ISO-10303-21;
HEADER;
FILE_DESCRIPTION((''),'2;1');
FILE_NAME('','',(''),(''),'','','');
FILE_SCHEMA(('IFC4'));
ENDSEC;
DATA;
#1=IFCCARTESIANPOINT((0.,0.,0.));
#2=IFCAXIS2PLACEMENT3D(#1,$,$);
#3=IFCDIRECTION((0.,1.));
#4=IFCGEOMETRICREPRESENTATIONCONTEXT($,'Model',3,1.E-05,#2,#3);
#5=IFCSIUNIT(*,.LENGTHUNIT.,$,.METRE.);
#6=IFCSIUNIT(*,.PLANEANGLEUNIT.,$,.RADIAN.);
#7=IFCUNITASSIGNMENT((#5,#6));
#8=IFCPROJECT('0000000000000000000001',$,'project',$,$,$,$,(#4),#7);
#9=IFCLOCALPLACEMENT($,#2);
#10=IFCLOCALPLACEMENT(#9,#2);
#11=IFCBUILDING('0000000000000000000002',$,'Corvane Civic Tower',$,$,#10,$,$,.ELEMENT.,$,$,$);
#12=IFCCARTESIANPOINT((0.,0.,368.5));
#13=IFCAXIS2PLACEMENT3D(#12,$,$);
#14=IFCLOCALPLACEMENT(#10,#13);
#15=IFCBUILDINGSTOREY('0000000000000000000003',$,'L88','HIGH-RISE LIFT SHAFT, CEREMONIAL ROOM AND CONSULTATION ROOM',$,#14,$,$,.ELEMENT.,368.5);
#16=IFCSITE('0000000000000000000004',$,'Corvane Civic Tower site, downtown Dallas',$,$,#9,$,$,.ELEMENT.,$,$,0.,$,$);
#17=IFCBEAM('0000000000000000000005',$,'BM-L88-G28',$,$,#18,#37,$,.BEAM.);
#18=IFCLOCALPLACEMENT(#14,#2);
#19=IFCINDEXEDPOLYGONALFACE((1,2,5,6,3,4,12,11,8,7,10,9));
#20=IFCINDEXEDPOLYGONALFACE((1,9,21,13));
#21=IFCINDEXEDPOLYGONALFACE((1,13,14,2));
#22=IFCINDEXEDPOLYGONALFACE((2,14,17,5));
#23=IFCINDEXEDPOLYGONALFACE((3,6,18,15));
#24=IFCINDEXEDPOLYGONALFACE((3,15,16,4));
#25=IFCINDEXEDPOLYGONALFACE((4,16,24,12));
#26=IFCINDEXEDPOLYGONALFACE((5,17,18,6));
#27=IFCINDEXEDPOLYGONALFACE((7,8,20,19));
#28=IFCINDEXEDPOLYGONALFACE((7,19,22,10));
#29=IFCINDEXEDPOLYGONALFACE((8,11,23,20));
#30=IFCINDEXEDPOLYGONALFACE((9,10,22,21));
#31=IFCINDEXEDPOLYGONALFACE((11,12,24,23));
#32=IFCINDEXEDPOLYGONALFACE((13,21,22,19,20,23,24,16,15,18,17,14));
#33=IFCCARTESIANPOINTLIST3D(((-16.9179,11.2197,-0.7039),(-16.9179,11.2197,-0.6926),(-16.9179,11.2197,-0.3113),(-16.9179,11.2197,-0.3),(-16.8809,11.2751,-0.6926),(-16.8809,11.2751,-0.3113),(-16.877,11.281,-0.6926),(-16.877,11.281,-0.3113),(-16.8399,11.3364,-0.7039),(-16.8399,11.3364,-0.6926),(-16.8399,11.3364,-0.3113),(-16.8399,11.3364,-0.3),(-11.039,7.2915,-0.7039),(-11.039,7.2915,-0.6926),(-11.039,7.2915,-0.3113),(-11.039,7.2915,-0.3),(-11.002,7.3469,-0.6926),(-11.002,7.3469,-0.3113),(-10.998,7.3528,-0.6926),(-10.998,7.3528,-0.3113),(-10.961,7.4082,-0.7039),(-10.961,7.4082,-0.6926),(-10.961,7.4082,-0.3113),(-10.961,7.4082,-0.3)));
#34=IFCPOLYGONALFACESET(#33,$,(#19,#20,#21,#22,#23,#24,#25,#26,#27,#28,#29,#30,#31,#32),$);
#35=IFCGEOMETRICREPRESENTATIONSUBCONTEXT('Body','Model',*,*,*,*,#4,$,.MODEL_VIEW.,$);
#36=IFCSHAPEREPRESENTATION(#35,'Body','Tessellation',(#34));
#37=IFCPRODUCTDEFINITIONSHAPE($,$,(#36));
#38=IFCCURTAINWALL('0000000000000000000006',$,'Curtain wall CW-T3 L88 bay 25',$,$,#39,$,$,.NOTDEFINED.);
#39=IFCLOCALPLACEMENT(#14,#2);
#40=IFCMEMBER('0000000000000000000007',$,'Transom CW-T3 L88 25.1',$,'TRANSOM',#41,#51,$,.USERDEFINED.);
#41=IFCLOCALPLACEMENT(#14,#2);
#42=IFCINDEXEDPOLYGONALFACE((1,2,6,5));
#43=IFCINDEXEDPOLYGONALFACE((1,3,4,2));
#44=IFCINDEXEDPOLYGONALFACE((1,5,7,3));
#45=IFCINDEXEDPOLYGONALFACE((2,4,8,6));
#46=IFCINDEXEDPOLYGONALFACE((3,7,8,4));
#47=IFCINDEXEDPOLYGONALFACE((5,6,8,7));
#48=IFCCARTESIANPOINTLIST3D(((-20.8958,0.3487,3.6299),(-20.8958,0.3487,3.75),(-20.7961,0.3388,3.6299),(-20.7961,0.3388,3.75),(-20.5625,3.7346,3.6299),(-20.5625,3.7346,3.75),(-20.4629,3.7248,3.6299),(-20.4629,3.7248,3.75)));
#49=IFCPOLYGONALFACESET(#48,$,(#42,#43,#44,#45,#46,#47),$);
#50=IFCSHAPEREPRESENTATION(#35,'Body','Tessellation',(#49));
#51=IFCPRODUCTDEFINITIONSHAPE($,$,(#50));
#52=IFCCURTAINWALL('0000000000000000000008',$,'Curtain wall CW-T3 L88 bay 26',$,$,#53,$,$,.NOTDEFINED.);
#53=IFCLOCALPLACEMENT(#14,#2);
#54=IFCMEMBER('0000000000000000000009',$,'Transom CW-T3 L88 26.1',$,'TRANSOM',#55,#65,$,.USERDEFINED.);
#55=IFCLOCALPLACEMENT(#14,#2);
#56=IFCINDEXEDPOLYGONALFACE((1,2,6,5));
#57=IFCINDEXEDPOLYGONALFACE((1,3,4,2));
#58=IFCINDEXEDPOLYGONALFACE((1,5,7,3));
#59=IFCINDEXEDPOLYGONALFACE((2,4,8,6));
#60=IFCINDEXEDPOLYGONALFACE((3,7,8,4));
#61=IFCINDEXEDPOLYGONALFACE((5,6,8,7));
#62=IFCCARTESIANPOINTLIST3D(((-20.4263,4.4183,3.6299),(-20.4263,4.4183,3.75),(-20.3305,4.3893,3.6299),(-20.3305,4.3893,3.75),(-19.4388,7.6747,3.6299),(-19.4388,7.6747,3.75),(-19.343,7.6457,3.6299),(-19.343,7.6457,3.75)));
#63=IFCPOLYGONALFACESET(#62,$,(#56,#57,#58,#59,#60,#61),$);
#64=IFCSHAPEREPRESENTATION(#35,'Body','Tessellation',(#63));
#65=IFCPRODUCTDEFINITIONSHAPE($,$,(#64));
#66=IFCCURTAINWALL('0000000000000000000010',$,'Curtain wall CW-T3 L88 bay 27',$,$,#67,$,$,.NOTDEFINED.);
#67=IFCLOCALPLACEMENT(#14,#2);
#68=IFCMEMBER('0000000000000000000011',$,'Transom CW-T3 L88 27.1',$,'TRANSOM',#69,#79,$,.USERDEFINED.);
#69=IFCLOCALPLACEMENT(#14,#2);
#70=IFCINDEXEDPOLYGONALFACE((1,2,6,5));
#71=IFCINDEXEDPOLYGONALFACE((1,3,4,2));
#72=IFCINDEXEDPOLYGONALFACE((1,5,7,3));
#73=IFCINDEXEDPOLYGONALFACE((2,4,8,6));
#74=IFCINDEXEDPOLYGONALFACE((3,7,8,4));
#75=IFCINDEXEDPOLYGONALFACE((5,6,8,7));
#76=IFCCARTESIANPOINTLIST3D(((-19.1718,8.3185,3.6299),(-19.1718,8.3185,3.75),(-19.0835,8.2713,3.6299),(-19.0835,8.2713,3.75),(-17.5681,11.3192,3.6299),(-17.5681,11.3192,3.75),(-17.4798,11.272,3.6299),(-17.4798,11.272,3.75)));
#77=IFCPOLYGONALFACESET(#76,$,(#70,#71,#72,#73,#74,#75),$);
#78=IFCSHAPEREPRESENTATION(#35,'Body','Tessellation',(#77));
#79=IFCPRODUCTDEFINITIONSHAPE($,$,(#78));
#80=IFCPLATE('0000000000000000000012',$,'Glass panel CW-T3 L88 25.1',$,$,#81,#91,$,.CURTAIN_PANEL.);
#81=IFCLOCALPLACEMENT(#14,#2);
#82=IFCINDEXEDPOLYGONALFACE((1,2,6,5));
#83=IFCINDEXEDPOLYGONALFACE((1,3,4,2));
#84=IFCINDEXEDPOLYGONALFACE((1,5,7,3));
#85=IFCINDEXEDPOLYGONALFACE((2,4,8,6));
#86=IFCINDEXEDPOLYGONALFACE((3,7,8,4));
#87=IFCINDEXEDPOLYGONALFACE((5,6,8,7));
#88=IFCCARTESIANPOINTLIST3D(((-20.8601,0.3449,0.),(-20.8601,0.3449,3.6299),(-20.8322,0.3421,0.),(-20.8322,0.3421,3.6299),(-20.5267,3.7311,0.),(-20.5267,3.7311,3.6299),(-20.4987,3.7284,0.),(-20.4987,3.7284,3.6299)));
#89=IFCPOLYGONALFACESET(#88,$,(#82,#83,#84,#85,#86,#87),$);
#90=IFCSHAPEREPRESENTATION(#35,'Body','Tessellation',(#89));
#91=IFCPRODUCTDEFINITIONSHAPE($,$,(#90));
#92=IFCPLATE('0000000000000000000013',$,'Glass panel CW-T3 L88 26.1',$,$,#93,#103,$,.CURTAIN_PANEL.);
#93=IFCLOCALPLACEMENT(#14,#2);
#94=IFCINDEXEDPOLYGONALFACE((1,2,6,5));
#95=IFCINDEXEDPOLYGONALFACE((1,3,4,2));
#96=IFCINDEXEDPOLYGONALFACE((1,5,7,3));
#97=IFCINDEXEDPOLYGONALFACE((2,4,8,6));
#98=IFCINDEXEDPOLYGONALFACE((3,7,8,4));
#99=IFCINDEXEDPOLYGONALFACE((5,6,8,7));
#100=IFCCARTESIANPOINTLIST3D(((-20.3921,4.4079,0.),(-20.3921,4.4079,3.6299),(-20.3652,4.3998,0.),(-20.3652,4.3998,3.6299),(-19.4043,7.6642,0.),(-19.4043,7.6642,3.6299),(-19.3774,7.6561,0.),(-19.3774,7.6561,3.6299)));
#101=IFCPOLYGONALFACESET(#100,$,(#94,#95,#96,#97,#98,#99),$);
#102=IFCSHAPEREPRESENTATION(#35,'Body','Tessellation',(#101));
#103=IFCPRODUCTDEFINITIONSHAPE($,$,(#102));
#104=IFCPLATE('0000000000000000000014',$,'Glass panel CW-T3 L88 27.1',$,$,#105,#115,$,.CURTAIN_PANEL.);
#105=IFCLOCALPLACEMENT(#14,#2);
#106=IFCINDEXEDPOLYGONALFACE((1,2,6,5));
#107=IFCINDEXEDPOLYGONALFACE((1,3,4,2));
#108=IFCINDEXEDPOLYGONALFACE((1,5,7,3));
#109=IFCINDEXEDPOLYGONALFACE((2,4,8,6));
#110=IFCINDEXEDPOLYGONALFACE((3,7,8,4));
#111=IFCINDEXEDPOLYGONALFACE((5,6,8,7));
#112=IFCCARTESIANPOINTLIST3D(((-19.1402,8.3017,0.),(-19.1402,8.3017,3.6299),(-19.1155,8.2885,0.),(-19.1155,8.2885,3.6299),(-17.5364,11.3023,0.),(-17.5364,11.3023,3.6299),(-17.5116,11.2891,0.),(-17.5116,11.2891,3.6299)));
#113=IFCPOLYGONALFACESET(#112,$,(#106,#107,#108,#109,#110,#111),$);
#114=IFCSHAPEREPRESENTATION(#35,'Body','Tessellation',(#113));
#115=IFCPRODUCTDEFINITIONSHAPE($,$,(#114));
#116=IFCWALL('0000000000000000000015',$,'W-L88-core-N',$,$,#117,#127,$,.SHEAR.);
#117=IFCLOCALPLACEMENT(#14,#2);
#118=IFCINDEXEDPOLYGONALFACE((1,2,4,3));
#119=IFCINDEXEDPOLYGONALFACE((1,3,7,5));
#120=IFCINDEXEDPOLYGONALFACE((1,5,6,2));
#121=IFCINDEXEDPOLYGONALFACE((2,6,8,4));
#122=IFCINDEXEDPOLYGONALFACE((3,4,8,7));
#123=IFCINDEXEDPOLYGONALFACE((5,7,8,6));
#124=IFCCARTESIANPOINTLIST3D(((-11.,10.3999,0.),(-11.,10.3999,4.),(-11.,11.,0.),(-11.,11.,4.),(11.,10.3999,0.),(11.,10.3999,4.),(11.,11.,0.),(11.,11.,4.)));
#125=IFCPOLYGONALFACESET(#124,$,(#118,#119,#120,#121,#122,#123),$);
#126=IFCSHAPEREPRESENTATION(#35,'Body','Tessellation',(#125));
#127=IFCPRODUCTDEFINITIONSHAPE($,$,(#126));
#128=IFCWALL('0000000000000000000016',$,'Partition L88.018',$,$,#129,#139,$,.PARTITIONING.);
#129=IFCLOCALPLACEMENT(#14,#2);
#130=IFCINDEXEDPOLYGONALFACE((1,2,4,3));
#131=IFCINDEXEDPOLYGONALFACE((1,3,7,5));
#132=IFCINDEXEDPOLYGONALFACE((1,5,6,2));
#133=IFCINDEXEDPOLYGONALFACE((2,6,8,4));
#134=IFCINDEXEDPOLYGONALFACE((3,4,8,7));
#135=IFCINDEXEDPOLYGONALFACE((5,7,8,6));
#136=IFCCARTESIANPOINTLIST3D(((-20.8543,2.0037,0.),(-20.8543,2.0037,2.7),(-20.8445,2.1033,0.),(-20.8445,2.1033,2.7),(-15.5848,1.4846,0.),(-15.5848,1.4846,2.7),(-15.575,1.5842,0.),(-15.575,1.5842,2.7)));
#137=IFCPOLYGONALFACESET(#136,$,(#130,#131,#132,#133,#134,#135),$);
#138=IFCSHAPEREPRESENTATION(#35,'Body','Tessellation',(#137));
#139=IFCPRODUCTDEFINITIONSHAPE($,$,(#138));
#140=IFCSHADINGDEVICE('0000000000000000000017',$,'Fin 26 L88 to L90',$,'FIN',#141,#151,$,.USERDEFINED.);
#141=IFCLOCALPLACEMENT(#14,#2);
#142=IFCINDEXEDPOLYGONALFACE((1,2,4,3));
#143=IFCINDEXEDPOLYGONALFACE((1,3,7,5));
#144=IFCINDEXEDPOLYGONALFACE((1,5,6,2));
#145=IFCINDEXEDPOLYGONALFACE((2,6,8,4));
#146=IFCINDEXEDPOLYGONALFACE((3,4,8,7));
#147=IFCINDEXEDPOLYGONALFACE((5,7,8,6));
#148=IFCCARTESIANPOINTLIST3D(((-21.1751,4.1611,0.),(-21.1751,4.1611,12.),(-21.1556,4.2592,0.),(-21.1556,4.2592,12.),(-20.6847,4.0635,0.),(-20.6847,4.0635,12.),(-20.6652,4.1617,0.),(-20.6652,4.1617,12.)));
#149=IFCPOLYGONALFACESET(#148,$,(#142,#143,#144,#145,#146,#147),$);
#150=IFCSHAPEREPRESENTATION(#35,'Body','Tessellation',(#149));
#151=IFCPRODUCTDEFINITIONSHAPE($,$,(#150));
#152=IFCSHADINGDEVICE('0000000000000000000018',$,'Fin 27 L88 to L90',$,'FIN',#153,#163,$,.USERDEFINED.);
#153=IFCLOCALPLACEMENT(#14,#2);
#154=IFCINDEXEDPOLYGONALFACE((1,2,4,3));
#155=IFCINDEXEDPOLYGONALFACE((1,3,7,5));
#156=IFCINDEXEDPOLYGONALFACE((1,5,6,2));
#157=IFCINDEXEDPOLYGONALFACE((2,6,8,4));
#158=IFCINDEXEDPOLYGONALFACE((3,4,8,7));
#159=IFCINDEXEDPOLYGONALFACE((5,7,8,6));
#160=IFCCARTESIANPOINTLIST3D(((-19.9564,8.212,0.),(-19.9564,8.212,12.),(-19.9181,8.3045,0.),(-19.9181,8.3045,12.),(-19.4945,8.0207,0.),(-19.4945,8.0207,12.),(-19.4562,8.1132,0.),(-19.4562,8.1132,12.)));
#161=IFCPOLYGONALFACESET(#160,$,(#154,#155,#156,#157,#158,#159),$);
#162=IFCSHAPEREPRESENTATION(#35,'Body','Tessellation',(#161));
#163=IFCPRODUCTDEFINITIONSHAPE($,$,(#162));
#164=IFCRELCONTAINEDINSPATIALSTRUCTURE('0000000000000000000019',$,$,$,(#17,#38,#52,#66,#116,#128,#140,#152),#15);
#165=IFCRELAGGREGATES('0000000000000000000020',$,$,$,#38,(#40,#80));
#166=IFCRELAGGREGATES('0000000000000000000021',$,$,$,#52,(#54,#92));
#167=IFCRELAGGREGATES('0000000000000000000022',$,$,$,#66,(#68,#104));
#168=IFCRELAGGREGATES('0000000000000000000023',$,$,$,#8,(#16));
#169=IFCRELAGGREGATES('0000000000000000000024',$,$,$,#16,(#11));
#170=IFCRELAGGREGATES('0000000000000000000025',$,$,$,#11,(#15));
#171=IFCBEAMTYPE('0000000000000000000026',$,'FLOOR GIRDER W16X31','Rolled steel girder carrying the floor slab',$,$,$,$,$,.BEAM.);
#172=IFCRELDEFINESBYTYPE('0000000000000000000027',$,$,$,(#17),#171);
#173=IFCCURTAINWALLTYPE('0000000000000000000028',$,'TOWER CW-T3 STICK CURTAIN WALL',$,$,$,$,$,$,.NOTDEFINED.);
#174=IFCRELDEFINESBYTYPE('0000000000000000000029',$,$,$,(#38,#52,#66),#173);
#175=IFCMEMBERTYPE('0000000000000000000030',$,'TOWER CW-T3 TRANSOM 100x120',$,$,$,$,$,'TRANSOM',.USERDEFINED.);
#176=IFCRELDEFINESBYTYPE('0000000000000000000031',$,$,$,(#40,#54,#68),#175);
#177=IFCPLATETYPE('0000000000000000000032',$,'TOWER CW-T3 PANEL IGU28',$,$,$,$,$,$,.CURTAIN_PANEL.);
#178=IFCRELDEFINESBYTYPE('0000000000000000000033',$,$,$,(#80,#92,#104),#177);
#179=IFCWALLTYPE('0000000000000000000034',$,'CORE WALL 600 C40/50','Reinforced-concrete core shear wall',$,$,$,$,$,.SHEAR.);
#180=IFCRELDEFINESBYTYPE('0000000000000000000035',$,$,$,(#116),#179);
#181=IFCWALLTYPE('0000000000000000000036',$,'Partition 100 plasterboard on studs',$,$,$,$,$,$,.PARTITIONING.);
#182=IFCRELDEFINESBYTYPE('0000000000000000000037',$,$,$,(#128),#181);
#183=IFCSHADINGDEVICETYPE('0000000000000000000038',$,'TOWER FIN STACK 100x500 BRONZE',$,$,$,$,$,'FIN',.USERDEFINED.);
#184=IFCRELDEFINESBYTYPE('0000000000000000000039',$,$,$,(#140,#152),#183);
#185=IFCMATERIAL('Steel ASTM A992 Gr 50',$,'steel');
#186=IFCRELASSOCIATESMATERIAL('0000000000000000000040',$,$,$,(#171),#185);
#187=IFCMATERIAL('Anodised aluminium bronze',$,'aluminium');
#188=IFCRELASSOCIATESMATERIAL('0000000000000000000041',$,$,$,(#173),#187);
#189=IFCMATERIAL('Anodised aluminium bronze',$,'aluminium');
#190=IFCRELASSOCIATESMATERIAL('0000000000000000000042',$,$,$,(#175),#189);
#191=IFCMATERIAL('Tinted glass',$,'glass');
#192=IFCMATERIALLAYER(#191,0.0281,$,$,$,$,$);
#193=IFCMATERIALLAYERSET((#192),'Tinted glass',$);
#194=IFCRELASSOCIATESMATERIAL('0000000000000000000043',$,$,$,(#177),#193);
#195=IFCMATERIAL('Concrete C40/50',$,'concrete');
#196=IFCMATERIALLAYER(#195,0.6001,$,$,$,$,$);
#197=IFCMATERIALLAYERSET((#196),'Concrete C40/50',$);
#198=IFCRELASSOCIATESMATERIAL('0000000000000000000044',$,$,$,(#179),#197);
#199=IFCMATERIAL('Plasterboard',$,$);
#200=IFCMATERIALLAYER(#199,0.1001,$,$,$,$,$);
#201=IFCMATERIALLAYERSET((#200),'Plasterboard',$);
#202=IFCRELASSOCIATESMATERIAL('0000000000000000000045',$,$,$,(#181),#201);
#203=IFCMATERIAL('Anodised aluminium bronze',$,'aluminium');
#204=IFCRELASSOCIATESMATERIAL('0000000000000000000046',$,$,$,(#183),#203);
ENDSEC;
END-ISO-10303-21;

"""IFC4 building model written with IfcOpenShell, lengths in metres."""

from ifc_helpers import new_model, si_unit, direction, frame, frame_2d, origin, origin_2d, place, context, subcontext, project, spatial, rectangle, i_section, extrude, material, layer, layer_set, material_profile, profile_set, type_object, element, aggregate, save


model = new_model("IFC4")

# Units and contexts
model_context = context("Model", 3, precision=1e-05, world=origin(), true_north=direction((0.0, 1.0)))
body_context = subcontext(model_context, "Body", "Model", "MODEL_VIEW")
ifc_project = project(units=[si_unit("LENGTHUNIT", "METRE"), si_unit("PLANEANGLEUNIT", "RADIAN")], contexts=[model_context])

# Site, building, storey
site_placement = place(None, origin())
site = spatial("IfcSite", under=ifc_project, at=site_placement, Name="Corvane Civic Tower site, downtown Dallas", CompositionType="ELEMENT", RefElevation=0.0)
building_placement = place(site_placement, origin())
building = spatial("IfcBuilding", under=site, at=building_placement, Name="Corvane Civic Tower", CompositionType="ELEMENT")
storey_placement = place(building_placement, frame((0.0, 0.0, 368.5)))
storey = spatial("IfcBuildingStorey", under=building, at=storey_placement, Name="L88", Description="HIGH-RISE LIFT SHAFT, CEREMONIAL ROOM AND CONSULTATION ROOM", CompositionType="ELEMENT", Elevation=368.5)

# Beam
ifc_material_1 = material(Name="Steel ASTM A992 Gr 50", Category="steel")
ifc_material_profile_1 = material_profile(ifc_material_1, i_section(OverallWidth=0.1404, OverallDepth=0.4038, WebThickness=0.0071, FlangeThickness=0.0112, at=origin_2d()), Name="W16X31")
ifc_profile_set_1 = profile_set([ifc_material_profile_1], Name="Steel ASTM A992 Gr 50")
beam_type_1 = type_object("IfcBeamType", Name="FLOOR GIRDER W16X31", Description="Rolled steel girder carrying the floor slab", PredefinedType="BEAM", material=ifc_profile_set_1)
beam_1_placement = place(storey_placement, frame((-11.0, 7.3499, -0.502), z_axis=(-0.831465, 0.555576, 0.0), x_axis=(-0.555576, -0.831465, 0.0)))
element("IfcBeam", 1, at=beam_1_placement, inside=storey, type_object=beam_type_1, Name="BM-L88-G28", PredefinedType="BEAM", context=body_context, shape_type="SweptSolid", body=[
    extrude(i_section(OverallWidth=0.1404, OverallDepth=0.4038, WebThickness=0.0071, FlangeThickness=0.0112, at=origin_2d()), origin(), (0.0, 0.0, 1.0), 7.0706),
])

# Curtain walls, members
ifc_material_2 = material(Name="Anodised aluminium bronze", Category="aluminium")
curtain_wall_type = type_object("IfcCurtainWallType", Name="TOWER CW-T3 STICK CURTAIN WALL", PredefinedType="NOTDEFINED", material=ifc_material_2)
curtain_wall_1_placement = place(storey_placement, origin())
curtain_wall_1 = element("IfcCurtainWall", 2, at=curtain_wall_1_placement, inside=storey, type_object=curtain_wall_type, Name="Curtain wall CW-T3 L88 bay 25", PredefinedType="NOTDEFINED")
ifc_material_3 = material(Name="Anodised aluminium bronze", Category="aluminium")
ifc_material_profile_2 = material_profile(ifc_material_3, rectangle(XDim=0.1001, YDim=0.1201, at=origin_2d()), Name="TOWER CW-T3 TRANSOM 100x120")
ifc_profile_set_2 = profile_set([ifc_material_profile_2], Name="Anodised aluminium bronze")
member_type = type_object("IfcMemberType", Name="TOWER CW-T3 TRANSOM 100x120", ElementType="TRANSOM", PredefinedType="USERDEFINED", material=ifc_profile_set_2)
member_1_placement = place(storey_placement, frame((-20.8459, 0.3438, 3.6899), z_axis=(0.097948, 0.995192, 0.0), x_axis=(-0.995192, 0.097948, 0.0)))
member_1 = element("IfcMember", 3, at=member_1_placement, type_object=member_type, Name="Transom CW-T3 L88 25.1", ObjectType="TRANSOM", PredefinedType="USERDEFINED", context=body_context, shape_type="SweptSolid", body=[
    extrude(rectangle(XDim=0.1001, YDim=0.1201, at=origin_2d()), origin(), (0.0, 0.0, 1.0), 3.4023),
])
curtain_wall_2_placement = place(storey_placement, origin())
curtain_wall_2 = element("IfcCurtainWall", 4, at=curtain_wall_2_placement, inside=storey, type_object=curtain_wall_type, Name="Curtain wall CW-T3 L88 bay 26", PredefinedType="NOTDEFINED")
member_2_placement = place(storey_placement, frame((-20.3784, 4.4038, 3.6899), z_axis=(0.290216, 0.956961, 0.0), x_axis=(-0.956961, 0.290216, 0.0)))
member_2 = element("IfcMember", 5, at=member_2_placement, type_object=member_type, Name="Transom CW-T3 L88 26.1", ObjectType="TRANSOM", PredefinedType="USERDEFINED", context=body_context, shape_type="SweptSolid", body=[
    extrude(rectangle(XDim=0.1001, YDim=0.1201, at=origin_2d()), origin(), (0.0, 0.0, 1.0), 3.4028),
])
curtain_wall_3_placement = place(storey_placement, origin())
curtain_wall_3 = element("IfcCurtainWall", 6, at=curtain_wall_3_placement, inside=storey, type_object=curtain_wall_type, Name="Curtain wall CW-T3 L88 bay 27", PredefinedType="NOTDEFINED")
member_3_placement = place(storey_placement, frame((-19.1277, 8.2949, 3.6899), z_axis=(0.471359, 0.881941, 0.0), x_axis=(-0.881941, 0.471359, 0.0)))
member_3 = element("IfcMember", 7, at=member_3_placement, type_object=member_type, Name="Transom CW-T3 L88 27.1", ObjectType="TRANSOM", PredefinedType="USERDEFINED", context=body_context, shape_type="SweptSolid", body=[
    extrude(rectangle(XDim=0.1001, YDim=0.1201, at=origin_2d()), origin(), (0.0, 0.0, 1.0), 3.4023),
])

# Plates
ifc_material_4 = material(Name="Tinted glass", Category="glass")
ifc_layer_1 = layer(ifc_material_4, 0.0281)
ifc_layer_set_1 = layer_set([ifc_layer_1], Name="Tinted glass")
plate_type = type_object("IfcPlateType", Name="TOWER CW-T3 PANEL IGU28", PredefinedType="CURTAIN_PANEL", material=ifc_layer_set_1)
plate_1_placement = place(storey_placement, frame((-20.6794, 2.0366, 0.0), z_axis=(0.0, 0.0, 1.0), x_axis=(0.097998, 0.995187, 0.0)))
plate_1 = element("IfcPlate", 8, at=plate_1_placement, type_object=plate_type, Name="Glass panel CW-T3 L88 25.1", PredefinedType="CURTAIN_PANEL", context=body_context, shape_type="SweptSolid", body=[
    extrude(rectangle(XDim=3.4026, YDim=0.0281, at=origin_2d()), origin(), (0.0, 0.0, 1.0), 3.6299),
])
aggregate(curtain_wall_1, [member_1, plate_1])
plate_2_placement = place(storey_placement, frame((-19.8848, 6.032, 0.0), z_axis=(0.0, 0.0, 1.0), x_axis=(0.29029, 0.956939, 0.0)))
plate_2 = element("IfcPlate", 9, at=plate_2_placement, type_object=plate_type, Name="Glass panel CW-T3 L88 26.1", PredefinedType="CURTAIN_PANEL", context=body_context, shape_type="SweptSolid", body=[
    extrude(rectangle(XDim=3.4028, YDim=0.0281, at=origin_2d()), origin(), (0.0, 0.0, 1.0), 3.6299),
])
aggregate(curtain_wall_2, [member_2, plate_2])
plate_3_placement = place(storey_placement, frame((-18.3259, 9.7954, 0.0), z_axis=(0.0, 0.0, 1.0), x_axis=(0.471384, 0.881928, 0.0)))
plate_3 = element("IfcPlate", 10, at=plate_3_placement, type_object=plate_type, Name="Glass panel CW-T3 L88 27.1", PredefinedType="CURTAIN_PANEL", context=body_context, shape_type="SweptSolid", body=[
    extrude(rectangle(XDim=3.4023, YDim=0.0281, at=origin_2d()), origin(), (0.0, 0.0, 1.0), 3.6299),
])
aggregate(curtain_wall_3, [member_3, plate_3])

# Walls
ifc_material_5 = material(Name="Concrete C40/50", Category="concrete")
ifc_layer_2 = layer(ifc_material_5, 0.6001)
ifc_layer_set_2 = layer_set([ifc_layer_2], Name="Concrete C40/50")
wall_type_1 = type_object("IfcWallType", Name="CORE WALL 600 C40/50", Description="Reinforced-concrete core shear wall", PredefinedType="SHEAR", material=ifc_layer_set_2)
wall_1_placement = place(storey_placement, frame((-11.0, 10.7, 0.0), z_axis=(0.0, 0.0, 1.0), x_axis=(1.0, 0.0, 0.0)))
element("IfcWall", 11, at=wall_1_placement, inside=storey, type_object=wall_type_1, Name="W-L88-core-N", PredefinedType="SHEAR", context=body_context, shape_type="SweptSolid", body=[
    extrude(rectangle(XDim=22.0, YDim=0.6001, at=frame_2d((11.0, 0.0))), origin(), (0.0, 0.0, 1.0), 4.0),
])
ifc_material_6 = material(Name="Plasterboard")
ifc_layer_3 = layer(ifc_material_6, 0.1001)
ifc_layer_set_3 = layer_set([ifc_layer_3], Name="Plasterboard")
wall_type_2 = type_object("IfcWallType", Name="Partition 100 plasterboard on studs", PredefinedType="PARTITIONING", material=ifc_layer_set_3)
wall_2_placement = place(storey_placement, frame((-20.8494, 2.0535, 0.0), z_axis=(0.0, 0.0, 1.0), x_axis=(0.995184, -0.098025, 0.0)))
element("IfcWall", 12, at=wall_2_placement, inside=storey, type_object=wall_type_2, Name="Partition L88.018", PredefinedType="PARTITIONING", context=body_context, shape_type="SweptSolid", body=[
    extrude(rectangle(XDim=5.2949, YDim=0.1001, at=frame_2d((2.6475, 0.0))), origin(), (0.0, 0.0, 1.0), 2.7),
])

# Shading devices
ifc_material_7 = material(Name="Anodised aluminium bronze", Category="aluminium")
ifc_material_profile_3 = material_profile(ifc_material_7, rectangle(XDim=0.1001, YDim=0.5, at=origin_2d()), Name="TOWER FIN STACK 100x500 BRONZE")
ifc_profile_set_3 = profile_set([ifc_material_profile_3], Name="Anodised aluminium bronze")
shading_device_type = type_object("IfcShadingDeviceType", Name="TOWER FIN STACK 100x500 BRONZE", ElementType="FIN", PredefinedType="USERDEFINED", material=ifc_profile_set_3)
for number, where, z_axis, x_axis, name in (
    (13, (-20.9202, 4.1614, 0.0), (0.0, 0.0, 1.0), (0.19509, 0.980785, 0.0), "Fin 26 L88 to L90"),
    (14, (-19.7063, 8.1626, 0.0), (0.0, 0.0, 1.0), (0.382683, 0.92388, 0.0), "Fin 27 L88 to L90"),
):
    element("IfcShadingDevice", number, at=place(storey_placement, frame(where, z_axis=z_axis, x_axis=x_axis)), inside=storey, type_object=shading_device_type, Name=name, ObjectType="FIN", PredefinedType="USERDEFINED", context=body_context, shape_type="SweptSolid", body=[
        extrude(rectangle(XDim=0.1001, YDim=0.5, at=origin_2d()), origin(), (0.0, 0.0, 1.0), 12.0),
    ])

save(model, "model.ifc")
